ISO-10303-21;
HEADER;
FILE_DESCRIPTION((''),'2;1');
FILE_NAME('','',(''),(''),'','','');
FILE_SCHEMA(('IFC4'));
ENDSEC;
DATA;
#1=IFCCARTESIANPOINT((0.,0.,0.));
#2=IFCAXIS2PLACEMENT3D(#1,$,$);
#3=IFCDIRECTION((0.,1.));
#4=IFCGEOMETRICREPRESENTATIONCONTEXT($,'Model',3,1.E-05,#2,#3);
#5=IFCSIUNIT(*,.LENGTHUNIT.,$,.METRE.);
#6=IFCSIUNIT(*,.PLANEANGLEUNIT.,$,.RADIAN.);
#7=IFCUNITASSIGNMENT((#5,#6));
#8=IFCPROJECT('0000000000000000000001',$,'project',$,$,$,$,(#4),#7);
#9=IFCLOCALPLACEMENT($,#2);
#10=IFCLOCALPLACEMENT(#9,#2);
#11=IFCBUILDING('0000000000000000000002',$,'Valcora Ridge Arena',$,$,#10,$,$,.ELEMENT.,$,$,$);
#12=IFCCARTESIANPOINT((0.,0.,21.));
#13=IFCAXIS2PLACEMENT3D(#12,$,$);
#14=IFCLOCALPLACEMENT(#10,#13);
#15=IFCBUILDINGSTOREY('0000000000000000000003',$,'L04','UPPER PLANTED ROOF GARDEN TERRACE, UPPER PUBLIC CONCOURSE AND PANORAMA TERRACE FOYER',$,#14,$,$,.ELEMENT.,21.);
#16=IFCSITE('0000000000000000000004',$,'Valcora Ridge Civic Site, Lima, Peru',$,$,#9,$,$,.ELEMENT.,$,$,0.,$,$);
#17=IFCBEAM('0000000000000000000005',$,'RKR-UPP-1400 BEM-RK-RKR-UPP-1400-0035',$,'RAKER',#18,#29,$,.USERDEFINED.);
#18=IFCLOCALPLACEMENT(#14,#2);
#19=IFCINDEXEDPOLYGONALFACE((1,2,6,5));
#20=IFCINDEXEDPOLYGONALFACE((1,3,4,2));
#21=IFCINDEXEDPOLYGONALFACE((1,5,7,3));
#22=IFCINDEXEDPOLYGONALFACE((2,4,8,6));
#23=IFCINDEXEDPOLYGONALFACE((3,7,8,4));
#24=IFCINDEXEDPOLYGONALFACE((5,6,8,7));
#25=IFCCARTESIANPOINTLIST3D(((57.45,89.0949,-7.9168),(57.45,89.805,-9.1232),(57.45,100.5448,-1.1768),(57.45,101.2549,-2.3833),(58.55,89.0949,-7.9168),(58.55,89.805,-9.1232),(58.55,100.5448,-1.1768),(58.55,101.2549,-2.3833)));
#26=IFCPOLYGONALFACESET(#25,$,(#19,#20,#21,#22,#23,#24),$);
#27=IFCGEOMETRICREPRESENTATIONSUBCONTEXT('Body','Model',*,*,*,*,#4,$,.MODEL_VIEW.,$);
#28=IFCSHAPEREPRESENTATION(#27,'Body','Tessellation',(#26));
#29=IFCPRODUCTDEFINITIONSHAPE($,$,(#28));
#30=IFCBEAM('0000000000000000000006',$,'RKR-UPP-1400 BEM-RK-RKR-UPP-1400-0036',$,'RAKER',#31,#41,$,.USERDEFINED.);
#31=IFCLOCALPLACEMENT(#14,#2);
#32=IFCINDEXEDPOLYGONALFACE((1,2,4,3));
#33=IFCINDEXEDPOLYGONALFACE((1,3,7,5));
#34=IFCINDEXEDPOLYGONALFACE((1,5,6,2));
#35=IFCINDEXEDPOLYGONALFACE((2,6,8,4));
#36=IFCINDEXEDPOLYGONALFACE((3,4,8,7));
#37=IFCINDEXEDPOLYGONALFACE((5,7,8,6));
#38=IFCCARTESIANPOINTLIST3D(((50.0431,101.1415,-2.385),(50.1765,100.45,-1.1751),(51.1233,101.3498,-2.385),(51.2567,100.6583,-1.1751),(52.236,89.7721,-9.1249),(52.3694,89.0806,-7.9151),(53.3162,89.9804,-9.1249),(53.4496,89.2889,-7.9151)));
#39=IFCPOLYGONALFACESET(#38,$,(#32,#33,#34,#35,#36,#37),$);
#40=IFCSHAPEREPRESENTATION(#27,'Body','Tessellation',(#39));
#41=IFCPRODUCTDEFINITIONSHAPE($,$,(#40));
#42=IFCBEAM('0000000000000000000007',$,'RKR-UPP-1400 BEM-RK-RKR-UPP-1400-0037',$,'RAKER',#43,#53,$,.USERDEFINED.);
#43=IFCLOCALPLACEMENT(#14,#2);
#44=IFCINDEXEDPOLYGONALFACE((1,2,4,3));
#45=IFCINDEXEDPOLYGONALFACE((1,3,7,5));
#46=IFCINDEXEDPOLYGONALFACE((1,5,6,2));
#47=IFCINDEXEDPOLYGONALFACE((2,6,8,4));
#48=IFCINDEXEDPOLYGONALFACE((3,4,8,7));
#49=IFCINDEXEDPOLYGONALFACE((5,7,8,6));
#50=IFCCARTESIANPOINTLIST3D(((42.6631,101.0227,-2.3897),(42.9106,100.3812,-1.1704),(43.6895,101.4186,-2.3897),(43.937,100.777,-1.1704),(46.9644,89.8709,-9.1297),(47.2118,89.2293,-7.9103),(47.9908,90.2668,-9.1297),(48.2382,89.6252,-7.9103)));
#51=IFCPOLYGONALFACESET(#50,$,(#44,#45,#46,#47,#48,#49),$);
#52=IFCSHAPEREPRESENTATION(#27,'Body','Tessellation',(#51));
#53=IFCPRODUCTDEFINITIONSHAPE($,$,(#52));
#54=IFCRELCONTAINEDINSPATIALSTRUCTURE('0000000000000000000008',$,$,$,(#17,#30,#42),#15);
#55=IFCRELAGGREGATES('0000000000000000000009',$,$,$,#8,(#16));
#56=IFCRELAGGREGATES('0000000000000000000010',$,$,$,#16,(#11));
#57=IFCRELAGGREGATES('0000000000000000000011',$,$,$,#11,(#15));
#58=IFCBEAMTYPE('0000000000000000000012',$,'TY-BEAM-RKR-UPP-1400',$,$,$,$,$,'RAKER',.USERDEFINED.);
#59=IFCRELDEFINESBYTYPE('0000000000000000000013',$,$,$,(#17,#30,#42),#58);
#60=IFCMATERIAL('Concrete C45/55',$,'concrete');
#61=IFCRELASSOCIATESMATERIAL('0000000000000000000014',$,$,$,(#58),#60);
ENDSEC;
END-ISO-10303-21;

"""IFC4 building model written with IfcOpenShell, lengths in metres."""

from ifc_helpers import new_model, si_unit, direction, frame, origin, origin_2d, place, context, subcontext, project, spatial, rectangle, extrude, material, material_profile, profile_set, type_object, element, save


model = new_model("IFC4")

# Units and contexts
model_context = context("Model", 3, precision=1e-05, world=origin(), true_north=direction((0.0, 1.0)))
body_context = subcontext(model_context, "Body", "Model", "MODEL_VIEW")
ifc_project = project(units=[si_unit("LENGTHUNIT", "METRE"), si_unit("PLANEANGLEUNIT", "RADIAN")], contexts=[model_context])

# Site, building, storey
site_placement = place(None, origin())
site = spatial("IfcSite", under=ifc_project, at=site_placement, Name="Valcora Ridge Civic Site, Lima, Peru", CompositionType="ELEMENT", RefElevation=0.0)
building_placement = place(site_placement, origin())
building = spatial("IfcBuilding", under=site, at=building_placement, Name="Valcora Ridge Arena", CompositionType="ELEMENT")
storey_placement = place(building_placement, frame((0.0, 0.0, 21.0)))
storey = spatial("IfcBuildingStorey", under=building, at=storey_placement, Name="L04", Description="UPPER PLANTED ROOF GARDEN TERRACE, UPPER PUBLIC CONCOURSE AND PANORAMA TERRACE FOYER", CompositionType="ELEMENT", Elevation=21.0)

# Beams
ifc_material_1 = material(Name="Concrete C45/55", Category="concrete")
ifc_material_profile_1 = material_profile(ifc_material_1, rectangle(XDim=1.1001, YDim=1.3999, at=origin_2d()), Name="RC 1100x1400")
ifc_profile_set_1 = profile_set([ifc_material_profile_1], Name="Concrete C45/55")
beam_type_1 = type_object("IfcBeamType", Name="TY-BEAM-RKR-UPP-1400", ElementType="RAKER", PredefinedType="USERDEFINED", material=ifc_profile_set_1)
beam_1_placement = place(storey_placement, frame((58.0, 89.45, -8.52), z_axis=(0.0, 0.861779, 0.507284), x_axis=(-1.0, 0.0, 0.0)))
element("IfcBeam", 1, at=beam_1_placement, inside=storey, type_object=beam_type_1, Name="RKR-UPP-1400 BEM-RK-RKR-UPP-1400-0035", ObjectType="RAKER", PredefinedType="USERDEFINED", context=body_context, shape_type="SweptSolid", body=[
    extrude(rectangle(XDim=1.1001, YDim=1.3999, at=origin_2d()), origin(), (0.0, 0.0, 1.0), 13.2864),
])
beam_2_placement = place(storey_placement, frame((52.8428, 89.5305, -8.52), z_axis=(-0.163675, 0.848606, 0.50307), x_axis=(-0.981903, -0.189385, 0.0)))
element("IfcBeam", 2, at=beam_2_placement, inside=storey, type_object=beam_type_1, Name="RKR-UPP-1400 BEM-RK-RKR-UPP-1400-0036", ObjectType="RAKER", PredefinedType="USERDEFINED", context=body_context, shape_type="SweptSolid", body=[
    extrude(rectangle(XDim=1.1001, YDim=1.3999, at=origin_2d()), origin(), (0.0, 0.0, 1.0), 13.3977),
])
beam_3_placement = place(storey_placement, frame((47.6013, 89.748, -8.52), z_axis=(-0.313459, 0.812701, 0.491183), x_axis=(-0.933006, -0.35986, 0.0)))
element("IfcBeam", 3, at=beam_3_placement, inside=storey, type_object=beam_type_1, Name="RKR-UPP-1400 BEM-RK-RKR-UPP-1400-0037", ObjectType="RAKER", PredefinedType="USERDEFINED", context=body_context, shape_type="SweptSolid", body=[
    extrude(rectangle(XDim=1.1001, YDim=1.3999, at=origin_2d()), origin(), (0.0, 0.0, 1.0), 13.7219),
])

save(model, "model.ifc")
